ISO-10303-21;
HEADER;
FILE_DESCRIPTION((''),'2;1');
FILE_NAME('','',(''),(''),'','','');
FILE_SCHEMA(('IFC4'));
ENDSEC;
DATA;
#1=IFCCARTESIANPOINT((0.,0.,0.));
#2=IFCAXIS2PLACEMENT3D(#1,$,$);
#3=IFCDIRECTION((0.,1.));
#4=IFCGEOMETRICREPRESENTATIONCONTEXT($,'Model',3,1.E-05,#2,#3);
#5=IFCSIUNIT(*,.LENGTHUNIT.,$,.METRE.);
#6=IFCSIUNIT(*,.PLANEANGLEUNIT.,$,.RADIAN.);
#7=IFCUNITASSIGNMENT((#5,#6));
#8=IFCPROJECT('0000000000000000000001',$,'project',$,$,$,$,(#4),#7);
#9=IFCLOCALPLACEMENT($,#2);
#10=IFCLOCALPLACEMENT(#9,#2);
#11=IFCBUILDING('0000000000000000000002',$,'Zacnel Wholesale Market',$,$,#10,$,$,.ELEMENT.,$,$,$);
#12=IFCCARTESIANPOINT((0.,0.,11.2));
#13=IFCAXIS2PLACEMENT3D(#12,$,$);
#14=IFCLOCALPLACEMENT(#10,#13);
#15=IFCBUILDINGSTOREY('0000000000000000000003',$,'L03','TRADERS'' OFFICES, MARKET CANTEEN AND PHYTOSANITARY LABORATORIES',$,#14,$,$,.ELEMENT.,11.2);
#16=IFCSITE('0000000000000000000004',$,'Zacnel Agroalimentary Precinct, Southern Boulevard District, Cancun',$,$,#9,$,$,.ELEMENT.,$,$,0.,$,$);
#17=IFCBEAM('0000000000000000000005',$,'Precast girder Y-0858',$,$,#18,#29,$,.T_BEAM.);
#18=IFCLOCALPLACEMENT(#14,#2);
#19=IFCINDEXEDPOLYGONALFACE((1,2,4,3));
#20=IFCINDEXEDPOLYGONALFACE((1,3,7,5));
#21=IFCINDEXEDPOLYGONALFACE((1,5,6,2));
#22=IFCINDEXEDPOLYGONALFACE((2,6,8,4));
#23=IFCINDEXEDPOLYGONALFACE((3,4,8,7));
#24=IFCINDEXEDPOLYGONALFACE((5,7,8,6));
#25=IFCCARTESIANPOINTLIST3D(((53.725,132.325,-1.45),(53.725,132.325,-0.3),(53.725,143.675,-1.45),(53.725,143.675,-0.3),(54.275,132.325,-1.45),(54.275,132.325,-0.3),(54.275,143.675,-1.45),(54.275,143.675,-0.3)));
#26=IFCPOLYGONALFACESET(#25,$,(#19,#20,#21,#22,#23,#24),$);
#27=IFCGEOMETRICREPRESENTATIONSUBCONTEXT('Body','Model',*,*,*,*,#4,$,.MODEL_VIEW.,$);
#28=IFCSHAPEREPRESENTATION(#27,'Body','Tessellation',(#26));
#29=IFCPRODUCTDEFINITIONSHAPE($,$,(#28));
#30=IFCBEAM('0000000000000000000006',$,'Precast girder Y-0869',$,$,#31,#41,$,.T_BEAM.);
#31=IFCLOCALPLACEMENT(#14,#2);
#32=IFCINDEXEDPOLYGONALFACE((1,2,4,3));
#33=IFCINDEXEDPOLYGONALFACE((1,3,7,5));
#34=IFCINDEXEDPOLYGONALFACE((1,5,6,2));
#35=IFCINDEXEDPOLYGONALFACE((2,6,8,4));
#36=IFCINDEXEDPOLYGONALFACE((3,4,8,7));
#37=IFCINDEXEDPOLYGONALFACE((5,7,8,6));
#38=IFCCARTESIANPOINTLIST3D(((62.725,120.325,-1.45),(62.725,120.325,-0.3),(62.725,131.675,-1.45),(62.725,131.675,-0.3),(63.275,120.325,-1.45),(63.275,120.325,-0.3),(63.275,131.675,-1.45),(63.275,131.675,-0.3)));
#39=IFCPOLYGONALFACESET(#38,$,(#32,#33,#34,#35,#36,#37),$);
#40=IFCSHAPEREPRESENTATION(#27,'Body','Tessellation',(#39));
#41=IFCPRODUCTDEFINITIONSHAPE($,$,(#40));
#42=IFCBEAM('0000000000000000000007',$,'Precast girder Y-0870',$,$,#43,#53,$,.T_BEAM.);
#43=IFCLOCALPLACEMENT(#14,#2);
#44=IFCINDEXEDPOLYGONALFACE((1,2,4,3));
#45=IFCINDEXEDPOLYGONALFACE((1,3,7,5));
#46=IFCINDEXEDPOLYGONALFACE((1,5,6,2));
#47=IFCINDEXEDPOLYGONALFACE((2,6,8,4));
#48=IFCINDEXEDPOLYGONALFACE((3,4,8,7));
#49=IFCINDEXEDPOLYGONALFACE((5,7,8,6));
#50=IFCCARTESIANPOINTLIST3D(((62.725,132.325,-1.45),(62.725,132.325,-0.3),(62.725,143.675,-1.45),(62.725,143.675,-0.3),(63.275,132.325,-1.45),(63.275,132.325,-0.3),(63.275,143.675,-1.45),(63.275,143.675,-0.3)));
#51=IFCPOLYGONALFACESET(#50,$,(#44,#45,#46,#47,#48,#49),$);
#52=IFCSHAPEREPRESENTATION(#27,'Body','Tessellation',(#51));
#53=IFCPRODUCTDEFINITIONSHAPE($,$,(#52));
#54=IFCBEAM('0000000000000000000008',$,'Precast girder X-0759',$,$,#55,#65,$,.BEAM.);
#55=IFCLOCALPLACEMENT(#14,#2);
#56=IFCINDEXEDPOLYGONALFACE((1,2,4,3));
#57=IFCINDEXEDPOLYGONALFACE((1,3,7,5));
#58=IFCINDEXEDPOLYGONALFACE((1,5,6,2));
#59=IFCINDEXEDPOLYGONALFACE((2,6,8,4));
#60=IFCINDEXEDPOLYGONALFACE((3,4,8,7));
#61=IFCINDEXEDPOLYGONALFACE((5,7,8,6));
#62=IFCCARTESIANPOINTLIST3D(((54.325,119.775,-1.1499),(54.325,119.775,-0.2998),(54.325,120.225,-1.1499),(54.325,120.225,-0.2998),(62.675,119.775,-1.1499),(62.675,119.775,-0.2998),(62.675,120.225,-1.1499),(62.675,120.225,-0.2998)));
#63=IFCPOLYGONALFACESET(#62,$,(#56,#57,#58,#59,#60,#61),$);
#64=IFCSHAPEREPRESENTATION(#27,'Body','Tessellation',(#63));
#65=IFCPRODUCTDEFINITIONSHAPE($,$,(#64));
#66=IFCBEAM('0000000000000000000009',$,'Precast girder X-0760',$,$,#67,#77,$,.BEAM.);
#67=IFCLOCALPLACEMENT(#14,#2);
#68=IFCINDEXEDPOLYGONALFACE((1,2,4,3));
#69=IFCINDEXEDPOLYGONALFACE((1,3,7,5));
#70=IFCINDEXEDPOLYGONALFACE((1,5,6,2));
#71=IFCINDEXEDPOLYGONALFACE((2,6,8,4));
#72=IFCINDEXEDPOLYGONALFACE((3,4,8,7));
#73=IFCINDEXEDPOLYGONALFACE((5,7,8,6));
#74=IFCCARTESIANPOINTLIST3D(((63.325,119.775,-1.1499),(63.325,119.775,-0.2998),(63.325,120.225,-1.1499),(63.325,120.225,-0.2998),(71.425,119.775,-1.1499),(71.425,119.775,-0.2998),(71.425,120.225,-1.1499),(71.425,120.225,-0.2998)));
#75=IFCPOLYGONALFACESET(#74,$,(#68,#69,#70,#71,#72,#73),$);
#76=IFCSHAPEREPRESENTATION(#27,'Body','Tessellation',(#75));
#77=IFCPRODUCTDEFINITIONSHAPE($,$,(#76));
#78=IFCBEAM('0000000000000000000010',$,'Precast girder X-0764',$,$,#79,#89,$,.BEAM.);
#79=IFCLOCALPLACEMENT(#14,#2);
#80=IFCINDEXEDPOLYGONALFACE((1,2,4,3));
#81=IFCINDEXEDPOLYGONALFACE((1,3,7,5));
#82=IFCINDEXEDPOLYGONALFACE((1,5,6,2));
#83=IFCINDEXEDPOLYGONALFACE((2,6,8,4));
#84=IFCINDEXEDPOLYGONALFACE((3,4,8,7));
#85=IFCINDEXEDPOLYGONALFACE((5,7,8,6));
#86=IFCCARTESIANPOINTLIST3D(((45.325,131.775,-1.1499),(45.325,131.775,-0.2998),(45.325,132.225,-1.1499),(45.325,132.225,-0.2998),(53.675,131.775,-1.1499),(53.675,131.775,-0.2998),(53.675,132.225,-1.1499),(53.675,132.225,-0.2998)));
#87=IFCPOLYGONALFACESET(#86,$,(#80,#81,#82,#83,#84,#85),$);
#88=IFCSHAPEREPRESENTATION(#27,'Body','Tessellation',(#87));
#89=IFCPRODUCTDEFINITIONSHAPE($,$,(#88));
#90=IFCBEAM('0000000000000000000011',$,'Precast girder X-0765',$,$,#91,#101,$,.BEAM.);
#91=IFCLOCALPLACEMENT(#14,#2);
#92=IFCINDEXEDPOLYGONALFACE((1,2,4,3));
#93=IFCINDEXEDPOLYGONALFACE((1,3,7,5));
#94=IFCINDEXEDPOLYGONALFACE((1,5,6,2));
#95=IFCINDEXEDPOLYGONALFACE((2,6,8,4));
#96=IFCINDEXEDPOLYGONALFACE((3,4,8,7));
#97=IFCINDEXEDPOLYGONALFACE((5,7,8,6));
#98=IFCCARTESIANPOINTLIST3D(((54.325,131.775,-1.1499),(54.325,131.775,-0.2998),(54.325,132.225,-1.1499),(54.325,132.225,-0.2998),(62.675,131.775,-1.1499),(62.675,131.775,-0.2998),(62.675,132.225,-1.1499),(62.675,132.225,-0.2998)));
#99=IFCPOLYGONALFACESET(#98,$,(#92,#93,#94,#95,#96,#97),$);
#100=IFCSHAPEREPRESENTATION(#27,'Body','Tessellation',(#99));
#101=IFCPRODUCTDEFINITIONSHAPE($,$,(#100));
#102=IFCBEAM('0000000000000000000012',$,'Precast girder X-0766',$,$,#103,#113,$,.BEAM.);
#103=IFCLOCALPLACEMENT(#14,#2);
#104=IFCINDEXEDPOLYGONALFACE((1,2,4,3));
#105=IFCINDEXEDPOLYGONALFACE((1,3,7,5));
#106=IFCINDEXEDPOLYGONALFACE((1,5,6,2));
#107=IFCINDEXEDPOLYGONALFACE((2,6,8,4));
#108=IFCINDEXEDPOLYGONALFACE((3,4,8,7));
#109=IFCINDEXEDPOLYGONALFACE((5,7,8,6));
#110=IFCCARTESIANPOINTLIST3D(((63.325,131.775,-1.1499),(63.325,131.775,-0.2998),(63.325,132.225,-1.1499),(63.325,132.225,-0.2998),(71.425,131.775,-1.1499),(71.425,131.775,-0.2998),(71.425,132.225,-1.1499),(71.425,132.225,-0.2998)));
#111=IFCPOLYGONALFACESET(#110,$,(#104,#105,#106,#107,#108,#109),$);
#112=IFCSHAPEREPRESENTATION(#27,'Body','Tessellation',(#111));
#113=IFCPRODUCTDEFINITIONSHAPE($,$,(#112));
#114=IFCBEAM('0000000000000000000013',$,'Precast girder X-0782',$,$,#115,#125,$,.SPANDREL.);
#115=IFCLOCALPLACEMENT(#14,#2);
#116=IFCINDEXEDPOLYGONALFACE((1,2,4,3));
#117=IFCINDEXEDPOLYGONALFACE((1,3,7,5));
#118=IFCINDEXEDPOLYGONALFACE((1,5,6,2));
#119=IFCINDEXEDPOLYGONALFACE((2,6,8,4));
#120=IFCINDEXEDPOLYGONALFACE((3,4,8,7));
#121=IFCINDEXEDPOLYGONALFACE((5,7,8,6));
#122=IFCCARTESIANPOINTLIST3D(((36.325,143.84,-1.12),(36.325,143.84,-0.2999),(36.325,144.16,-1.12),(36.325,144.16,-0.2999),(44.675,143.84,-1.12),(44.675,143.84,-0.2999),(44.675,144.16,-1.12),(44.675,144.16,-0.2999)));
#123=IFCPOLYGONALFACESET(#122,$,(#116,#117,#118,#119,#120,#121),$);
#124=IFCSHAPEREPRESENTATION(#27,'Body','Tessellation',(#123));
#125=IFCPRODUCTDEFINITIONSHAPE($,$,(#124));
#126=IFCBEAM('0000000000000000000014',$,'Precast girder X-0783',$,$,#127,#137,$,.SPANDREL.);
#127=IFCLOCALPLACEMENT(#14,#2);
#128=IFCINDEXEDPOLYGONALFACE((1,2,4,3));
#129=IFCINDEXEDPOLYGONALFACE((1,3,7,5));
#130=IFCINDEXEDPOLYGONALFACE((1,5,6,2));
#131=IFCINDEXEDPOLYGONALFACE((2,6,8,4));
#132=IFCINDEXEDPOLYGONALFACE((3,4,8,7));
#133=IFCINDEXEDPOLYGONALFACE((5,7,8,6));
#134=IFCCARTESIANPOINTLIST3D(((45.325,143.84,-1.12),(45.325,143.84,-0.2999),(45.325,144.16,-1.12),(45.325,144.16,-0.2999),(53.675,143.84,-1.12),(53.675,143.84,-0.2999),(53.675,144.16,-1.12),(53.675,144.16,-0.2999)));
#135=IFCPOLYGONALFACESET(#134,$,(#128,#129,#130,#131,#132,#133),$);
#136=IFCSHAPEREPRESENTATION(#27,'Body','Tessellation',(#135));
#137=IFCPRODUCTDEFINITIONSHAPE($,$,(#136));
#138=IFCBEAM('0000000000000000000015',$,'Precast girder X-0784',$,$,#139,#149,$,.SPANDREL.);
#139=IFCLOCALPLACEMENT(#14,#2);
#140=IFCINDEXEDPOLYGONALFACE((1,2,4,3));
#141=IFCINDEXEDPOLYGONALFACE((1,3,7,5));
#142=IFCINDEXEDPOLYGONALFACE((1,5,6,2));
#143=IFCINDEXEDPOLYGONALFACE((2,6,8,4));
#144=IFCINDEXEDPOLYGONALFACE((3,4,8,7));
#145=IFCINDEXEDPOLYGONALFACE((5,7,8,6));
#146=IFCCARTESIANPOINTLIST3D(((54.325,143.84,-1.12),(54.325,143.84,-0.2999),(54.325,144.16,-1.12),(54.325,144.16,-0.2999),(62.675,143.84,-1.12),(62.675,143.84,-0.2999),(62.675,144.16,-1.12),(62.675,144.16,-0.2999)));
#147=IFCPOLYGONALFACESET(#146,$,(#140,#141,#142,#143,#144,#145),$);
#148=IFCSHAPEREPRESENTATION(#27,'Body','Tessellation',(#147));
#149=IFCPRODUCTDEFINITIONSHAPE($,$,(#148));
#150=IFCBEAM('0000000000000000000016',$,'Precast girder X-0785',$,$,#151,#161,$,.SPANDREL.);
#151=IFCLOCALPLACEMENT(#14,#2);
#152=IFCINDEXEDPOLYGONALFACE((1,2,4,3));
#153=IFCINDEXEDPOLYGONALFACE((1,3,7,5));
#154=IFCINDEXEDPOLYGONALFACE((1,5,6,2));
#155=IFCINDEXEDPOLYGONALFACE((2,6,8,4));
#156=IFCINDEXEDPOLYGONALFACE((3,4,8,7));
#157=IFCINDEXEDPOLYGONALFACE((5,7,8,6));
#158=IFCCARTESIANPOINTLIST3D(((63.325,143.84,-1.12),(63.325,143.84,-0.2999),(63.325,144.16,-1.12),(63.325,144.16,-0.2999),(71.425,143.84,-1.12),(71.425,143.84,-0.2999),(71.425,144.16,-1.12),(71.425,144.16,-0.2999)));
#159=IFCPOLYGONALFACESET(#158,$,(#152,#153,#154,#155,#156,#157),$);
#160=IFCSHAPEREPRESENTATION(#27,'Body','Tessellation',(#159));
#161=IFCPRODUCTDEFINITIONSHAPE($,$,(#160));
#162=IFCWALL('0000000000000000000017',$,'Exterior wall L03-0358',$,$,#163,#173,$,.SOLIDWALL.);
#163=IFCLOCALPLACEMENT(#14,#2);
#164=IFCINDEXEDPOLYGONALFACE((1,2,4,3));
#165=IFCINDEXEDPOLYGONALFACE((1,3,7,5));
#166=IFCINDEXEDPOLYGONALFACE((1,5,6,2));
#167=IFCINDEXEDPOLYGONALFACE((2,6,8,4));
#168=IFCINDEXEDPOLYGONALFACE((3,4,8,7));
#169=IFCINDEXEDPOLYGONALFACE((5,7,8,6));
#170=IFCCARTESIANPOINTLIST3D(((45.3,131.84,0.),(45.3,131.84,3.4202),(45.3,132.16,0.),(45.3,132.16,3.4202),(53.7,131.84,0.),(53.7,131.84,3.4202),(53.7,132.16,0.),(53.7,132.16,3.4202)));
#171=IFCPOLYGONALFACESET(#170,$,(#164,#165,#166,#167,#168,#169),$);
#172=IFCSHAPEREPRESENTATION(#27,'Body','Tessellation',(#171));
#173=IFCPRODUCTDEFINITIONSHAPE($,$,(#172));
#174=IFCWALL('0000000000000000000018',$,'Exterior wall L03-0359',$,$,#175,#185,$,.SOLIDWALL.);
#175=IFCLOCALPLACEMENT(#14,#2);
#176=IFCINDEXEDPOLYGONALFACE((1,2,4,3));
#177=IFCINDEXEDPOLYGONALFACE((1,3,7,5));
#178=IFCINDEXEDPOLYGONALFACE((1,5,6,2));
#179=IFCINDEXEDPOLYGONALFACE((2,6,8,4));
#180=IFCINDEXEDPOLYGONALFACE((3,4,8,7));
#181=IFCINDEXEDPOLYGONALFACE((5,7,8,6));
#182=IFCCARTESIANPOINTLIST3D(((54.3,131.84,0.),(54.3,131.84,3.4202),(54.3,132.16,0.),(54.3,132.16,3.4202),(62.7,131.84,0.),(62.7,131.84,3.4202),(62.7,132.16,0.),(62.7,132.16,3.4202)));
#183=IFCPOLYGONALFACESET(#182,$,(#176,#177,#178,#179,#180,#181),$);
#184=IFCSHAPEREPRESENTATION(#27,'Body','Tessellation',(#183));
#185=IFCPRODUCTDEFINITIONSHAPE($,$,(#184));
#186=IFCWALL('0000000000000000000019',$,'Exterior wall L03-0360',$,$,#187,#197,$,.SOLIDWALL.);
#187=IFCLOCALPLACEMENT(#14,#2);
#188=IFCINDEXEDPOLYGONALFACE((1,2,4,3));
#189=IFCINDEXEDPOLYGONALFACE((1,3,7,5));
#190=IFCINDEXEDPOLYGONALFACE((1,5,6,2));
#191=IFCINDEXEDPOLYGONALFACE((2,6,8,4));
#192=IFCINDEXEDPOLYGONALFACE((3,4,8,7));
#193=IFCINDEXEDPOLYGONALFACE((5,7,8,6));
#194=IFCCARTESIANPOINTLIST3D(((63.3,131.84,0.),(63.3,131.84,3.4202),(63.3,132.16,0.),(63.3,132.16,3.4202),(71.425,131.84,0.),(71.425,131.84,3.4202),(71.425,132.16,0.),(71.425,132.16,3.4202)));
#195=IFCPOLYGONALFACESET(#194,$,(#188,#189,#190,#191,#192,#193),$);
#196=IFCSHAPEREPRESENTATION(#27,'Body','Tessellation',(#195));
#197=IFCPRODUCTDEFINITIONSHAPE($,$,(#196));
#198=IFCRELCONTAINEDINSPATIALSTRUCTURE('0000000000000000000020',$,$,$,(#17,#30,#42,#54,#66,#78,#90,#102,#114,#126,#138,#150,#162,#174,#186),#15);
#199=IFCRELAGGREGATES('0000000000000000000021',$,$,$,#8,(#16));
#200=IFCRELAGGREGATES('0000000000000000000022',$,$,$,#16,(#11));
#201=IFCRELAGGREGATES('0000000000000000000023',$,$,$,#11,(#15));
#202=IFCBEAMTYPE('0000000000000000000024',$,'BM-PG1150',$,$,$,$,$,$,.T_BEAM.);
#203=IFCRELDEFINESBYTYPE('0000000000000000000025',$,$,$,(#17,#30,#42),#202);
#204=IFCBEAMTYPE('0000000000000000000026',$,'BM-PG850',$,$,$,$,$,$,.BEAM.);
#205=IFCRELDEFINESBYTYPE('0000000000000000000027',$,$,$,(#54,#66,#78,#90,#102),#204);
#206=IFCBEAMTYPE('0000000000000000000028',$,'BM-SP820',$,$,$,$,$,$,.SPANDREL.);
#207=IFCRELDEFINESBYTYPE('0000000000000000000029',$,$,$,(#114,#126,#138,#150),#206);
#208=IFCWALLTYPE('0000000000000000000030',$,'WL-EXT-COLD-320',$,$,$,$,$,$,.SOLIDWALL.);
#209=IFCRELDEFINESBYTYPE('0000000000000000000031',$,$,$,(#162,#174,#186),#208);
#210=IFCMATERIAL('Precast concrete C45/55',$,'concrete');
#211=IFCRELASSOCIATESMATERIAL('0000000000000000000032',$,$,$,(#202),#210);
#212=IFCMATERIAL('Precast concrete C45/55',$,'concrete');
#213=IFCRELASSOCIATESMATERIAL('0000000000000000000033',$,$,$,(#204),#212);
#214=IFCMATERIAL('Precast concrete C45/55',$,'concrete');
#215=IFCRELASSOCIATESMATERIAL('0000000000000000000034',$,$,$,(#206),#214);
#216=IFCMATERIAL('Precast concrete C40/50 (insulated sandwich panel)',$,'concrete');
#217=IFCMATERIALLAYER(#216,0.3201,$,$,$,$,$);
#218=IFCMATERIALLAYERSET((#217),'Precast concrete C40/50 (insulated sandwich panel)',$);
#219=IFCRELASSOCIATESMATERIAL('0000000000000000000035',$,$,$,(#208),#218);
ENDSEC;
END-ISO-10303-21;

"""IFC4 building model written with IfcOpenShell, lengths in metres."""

from ifc_helpers import new_model, si_unit, direction, frame, frame_2d, origin, origin_2d, place, context, subcontext, project, spatial, rectangle, extrude, material, layer, layer_set, material_profile, profile_set, type_object, element, save


model = new_model("IFC4")

# Units and contexts
model_context = context("Model", 3, precision=1e-05, world=origin(), true_north=direction((0.0, 1.0)))
body_context = subcontext(model_context, "Body", "Model", "MODEL_VIEW")
ifc_project = project(units=[si_unit("LENGTHUNIT", "METRE"), si_unit("PLANEANGLEUNIT", "RADIAN")], contexts=[model_context])

# Site, building, storey
site_placement = place(None, origin())
site = spatial("IfcSite", under=ifc_project, at=site_placement, Name="Zacnel Agroalimentary Precinct, Southern Boulevard District, Cancun", CompositionType="ELEMENT", RefElevation=0.0)
building_placement = place(site_placement, origin())
building = spatial("IfcBuilding", under=site, at=building_placement, Name="Zacnel Wholesale Market", CompositionType="ELEMENT")
storey_placement = place(building_placement, frame((0.0, 0.0, 11.2)))
storey = spatial("IfcBuildingStorey", under=building, at=storey_placement, Name="L03", Description="TRADERS' OFFICES, MARKET CANTEEN AND PHYTOSANITARY LABORATORIES", CompositionType="ELEMENT", Elevation=11.2)

# Beams
ifc_material_1 = material(Name="Precast concrete C45/55", Category="concrete")
ifc_material_profile_1 = material_profile(ifc_material_1, rectangle(XDim=0.55, YDim=1.1499, at=origin_2d()), Name="PG 550x1150")
ifc_profile_set_1 = profile_set([ifc_material_profile_1], Name="Precast concrete C45/55")
beam_type_1 = type_object("IfcBeamType", Name="BM-PG1150", PredefinedType="T_BEAM", material=ifc_profile_set_1)
for number, where, z_axis, x_axis, name in (
    (1, (54.0, 132.325, -0.875), (0.0, 1.0, 0.0), (-1.0, 0.0, 0.0), "Precast girder Y-0858"),
    (2, (63.0, 120.325, -0.875), (0.0, 1.0, 0.0), (-1.0, 0.0, 0.0), "Precast girder Y-0869"),
    (3, (63.0, 132.325, -0.875), (0.0, 1.0, 0.0), (-1.0, 0.0, 0.0), "Precast girder Y-0870"),
):
    element("IfcBeam", number, at=place(storey_placement, frame(where, z_axis=z_axis, x_axis=x_axis)), inside=storey, type_object=beam_type_1, Name=name, PredefinedType="T_BEAM", context=body_context, shape_type="SweptSolid", body=[
        extrude(rectangle(XDim=0.55, YDim=1.1499, at=origin_2d()), origin(), (0.0, 0.0, 1.0), 11.3501),
    ])
ifc_material_2 = material(Name="Precast concrete C45/55", Category="concrete")
ifc_material_profile_2 = material_profile(ifc_material_2, rectangle(XDim=0.45, YDim=0.8501, at=origin_2d()), Name="PG 450x850")
ifc_profile_set_2 = profile_set([ifc_material_profile_2], Name="Precast concrete C45/55")
beam_type_2 = type_object("IfcBeamType", Name="BM-PG850", PredefinedType="BEAM", material=ifc_profile_set_2)
beam_1_placement = place(storey_placement, frame((54.325, 120.0, -0.7249), z_axis=(1.0, 0.0, 0.0), x_axis=(0.0, 1.0, 0.0)))
element("IfcBeam", 4, at=beam_1_placement, inside=storey, type_object=beam_type_2, Name="Precast girder X-0759", PredefinedType="BEAM", context=body_context, shape_type="SweptSolid", body=[
    extrude(rectangle(XDim=0.45, YDim=0.8501, at=origin_2d()), origin(), (0.0, 0.0, 1.0), 8.3501),
])
beam_2_placement = place(storey_placement, frame((63.325, 120.0, -0.7249), z_axis=(1.0, 0.0, 0.0), x_axis=(0.0, 1.0, 0.0)))
element("IfcBeam", 5, at=beam_2_placement, inside=storey, type_object=beam_type_2, Name="Precast girder X-0760", PredefinedType="BEAM", context=body_context, shape_type="SweptSolid", body=[
    extrude(rectangle(XDim=0.45, YDim=0.8501, at=origin_2d()), origin(), (0.0, 0.0, 1.0), 8.1001),
])
for number, where, z_axis, x_axis, name in (
    (6, (45.325, 132.0, -0.7249), (1.0, 0.0, 0.0), (0.0, 1.0, 0.0), "Precast girder X-0764"),
    (7, (54.325, 132.0, -0.7249), (1.0, 0.0, 0.0), (0.0, 1.0, 0.0), "Precast girder X-0765"),
):
    element("IfcBeam", number, at=place(storey_placement, frame(where, z_axis=z_axis, x_axis=x_axis)), inside=storey, type_object=beam_type_2, Name=name, PredefinedType="BEAM", context=body_context, shape_type="SweptSolid", body=[
        extrude(rectangle(XDim=0.45, YDim=0.8501, at=origin_2d()), origin(), (0.0, 0.0, 1.0), 8.3501),
    ])
beam_3_placement = place(storey_placement, frame((63.325, 132.0, -0.7249), z_axis=(1.0, 0.0, 0.0), x_axis=(0.0, 1.0, 0.0)))
element("IfcBeam", 8, at=beam_3_placement, inside=storey, type_object=beam_type_2, Name="Precast girder X-0766", PredefinedType="BEAM", context=body_context, shape_type="SweptSolid", body=[
    extrude(rectangle(XDim=0.45, YDim=0.8501, at=origin_2d()), origin(), (0.0, 0.0, 1.0), 8.1001),
])
ifc_material_3 = material(Name="Precast concrete C45/55", Category="concrete")
ifc_material_profile_3 = material_profile(ifc_material_3, rectangle(XDim=0.3201, YDim=0.8201, at=origin_2d()), Name="SP 320x820")
ifc_profile_set_3 = profile_set([ifc_material_profile_3], Name="Precast concrete C45/55")
beam_type_3 = type_object("IfcBeamType", Name="BM-SP820", PredefinedType="SPANDREL", material=ifc_profile_set_3)
for number, where, z_axis, x_axis, name in (
    (9, (36.325, 144.0, -0.71), (1.0, 0.0, 0.0), (0.0, 1.0, 0.0), "Precast girder X-0782"),
    (10, (45.325, 144.0, -0.71), (1.0, 0.0, 0.0), (0.0, 1.0, 0.0), "Precast girder X-0783"),
    (11, (54.325, 144.0, -0.71), (1.0, 0.0, 0.0), (0.0, 1.0, 0.0), "Precast girder X-0784"),
):
    element("IfcBeam", number, at=place(storey_placement, frame(where, z_axis=z_axis, x_axis=x_axis)), inside=storey, type_object=beam_type_3, Name=name, PredefinedType="SPANDREL", context=body_context, shape_type="SweptSolid", body=[
        extrude(rectangle(XDim=0.3201, YDim=0.8201, at=origin_2d()), origin(), (0.0, 0.0, 1.0), 8.3501),
    ])
beam_4_placement = place(storey_placement, frame((63.325, 144.0, -0.71), z_axis=(1.0, 0.0, 0.0), x_axis=(0.0, 1.0, 0.0)))
element("IfcBeam", 12, at=beam_4_placement, inside=storey, type_object=beam_type_3, Name="Precast girder X-0785", PredefinedType="SPANDREL", context=body_context, shape_type="SweptSolid", body=[
    extrude(rectangle(XDim=0.3201, YDim=0.8201, at=origin_2d()), origin(), (0.0, 0.0, 1.0), 8.1001),
])

# Walls
ifc_material_4 = material(Name="Precast concrete C40/50 (insulated sandwich panel)", Category="concrete")
ifc_layer_1 = layer(ifc_material_4, 0.3201)
ifc_layer_set_1 = layer_set([ifc_layer_1], Name="Precast concrete C40/50 (insulated sandwich panel)")
wall_type = type_object("IfcWallType", Name="WL-EXT-COLD-320", PredefinedType="SOLIDWALL", material=ifc_layer_set_1)
for number, where, z_axis, x_axis, name in (
    (13, (45.3, 132.0, 0.0), (0.0, 0.0, 1.0), (1.0, 0.0, 0.0), "Exterior wall L03-0358"),
    (14, (54.3, 132.0, 0.0), (0.0, 0.0, 1.0), (1.0, 0.0, 0.0), "Exterior wall L03-0359"),
):
    element("IfcWall", number, at=place(storey_placement, frame(where, z_axis=z_axis, x_axis=x_axis)), inside=storey, type_object=wall_type, Name=name, PredefinedType="SOLIDWALL", context=body_context, shape_type="SweptSolid", body=[
        extrude(rectangle(XDim=8.3999, YDim=0.3201, at=frame_2d((4.2, 0.0))), origin(), (0.0, 0.0, 1.0), 3.4202),
    ])
wall_placement = place(storey_placement, frame((63.3, 132.0, 0.0), z_axis=(0.0, 0.0, 1.0), x_axis=(1.0, 0.0, 0.0)))
element("IfcWall", 15, at=wall_placement, inside=storey, type_object=wall_type, Name="Exterior wall L03-0360", PredefinedType="SOLIDWALL", context=body_context, shape_type="SweptSolid", body=[
    extrude(rectangle(XDim=8.125, YDim=0.3201, at=frame_2d((4.0625, 0.0))), origin(), (0.0, 0.0, 1.0), 3.4202),
])

save(model, "model.ifc")
